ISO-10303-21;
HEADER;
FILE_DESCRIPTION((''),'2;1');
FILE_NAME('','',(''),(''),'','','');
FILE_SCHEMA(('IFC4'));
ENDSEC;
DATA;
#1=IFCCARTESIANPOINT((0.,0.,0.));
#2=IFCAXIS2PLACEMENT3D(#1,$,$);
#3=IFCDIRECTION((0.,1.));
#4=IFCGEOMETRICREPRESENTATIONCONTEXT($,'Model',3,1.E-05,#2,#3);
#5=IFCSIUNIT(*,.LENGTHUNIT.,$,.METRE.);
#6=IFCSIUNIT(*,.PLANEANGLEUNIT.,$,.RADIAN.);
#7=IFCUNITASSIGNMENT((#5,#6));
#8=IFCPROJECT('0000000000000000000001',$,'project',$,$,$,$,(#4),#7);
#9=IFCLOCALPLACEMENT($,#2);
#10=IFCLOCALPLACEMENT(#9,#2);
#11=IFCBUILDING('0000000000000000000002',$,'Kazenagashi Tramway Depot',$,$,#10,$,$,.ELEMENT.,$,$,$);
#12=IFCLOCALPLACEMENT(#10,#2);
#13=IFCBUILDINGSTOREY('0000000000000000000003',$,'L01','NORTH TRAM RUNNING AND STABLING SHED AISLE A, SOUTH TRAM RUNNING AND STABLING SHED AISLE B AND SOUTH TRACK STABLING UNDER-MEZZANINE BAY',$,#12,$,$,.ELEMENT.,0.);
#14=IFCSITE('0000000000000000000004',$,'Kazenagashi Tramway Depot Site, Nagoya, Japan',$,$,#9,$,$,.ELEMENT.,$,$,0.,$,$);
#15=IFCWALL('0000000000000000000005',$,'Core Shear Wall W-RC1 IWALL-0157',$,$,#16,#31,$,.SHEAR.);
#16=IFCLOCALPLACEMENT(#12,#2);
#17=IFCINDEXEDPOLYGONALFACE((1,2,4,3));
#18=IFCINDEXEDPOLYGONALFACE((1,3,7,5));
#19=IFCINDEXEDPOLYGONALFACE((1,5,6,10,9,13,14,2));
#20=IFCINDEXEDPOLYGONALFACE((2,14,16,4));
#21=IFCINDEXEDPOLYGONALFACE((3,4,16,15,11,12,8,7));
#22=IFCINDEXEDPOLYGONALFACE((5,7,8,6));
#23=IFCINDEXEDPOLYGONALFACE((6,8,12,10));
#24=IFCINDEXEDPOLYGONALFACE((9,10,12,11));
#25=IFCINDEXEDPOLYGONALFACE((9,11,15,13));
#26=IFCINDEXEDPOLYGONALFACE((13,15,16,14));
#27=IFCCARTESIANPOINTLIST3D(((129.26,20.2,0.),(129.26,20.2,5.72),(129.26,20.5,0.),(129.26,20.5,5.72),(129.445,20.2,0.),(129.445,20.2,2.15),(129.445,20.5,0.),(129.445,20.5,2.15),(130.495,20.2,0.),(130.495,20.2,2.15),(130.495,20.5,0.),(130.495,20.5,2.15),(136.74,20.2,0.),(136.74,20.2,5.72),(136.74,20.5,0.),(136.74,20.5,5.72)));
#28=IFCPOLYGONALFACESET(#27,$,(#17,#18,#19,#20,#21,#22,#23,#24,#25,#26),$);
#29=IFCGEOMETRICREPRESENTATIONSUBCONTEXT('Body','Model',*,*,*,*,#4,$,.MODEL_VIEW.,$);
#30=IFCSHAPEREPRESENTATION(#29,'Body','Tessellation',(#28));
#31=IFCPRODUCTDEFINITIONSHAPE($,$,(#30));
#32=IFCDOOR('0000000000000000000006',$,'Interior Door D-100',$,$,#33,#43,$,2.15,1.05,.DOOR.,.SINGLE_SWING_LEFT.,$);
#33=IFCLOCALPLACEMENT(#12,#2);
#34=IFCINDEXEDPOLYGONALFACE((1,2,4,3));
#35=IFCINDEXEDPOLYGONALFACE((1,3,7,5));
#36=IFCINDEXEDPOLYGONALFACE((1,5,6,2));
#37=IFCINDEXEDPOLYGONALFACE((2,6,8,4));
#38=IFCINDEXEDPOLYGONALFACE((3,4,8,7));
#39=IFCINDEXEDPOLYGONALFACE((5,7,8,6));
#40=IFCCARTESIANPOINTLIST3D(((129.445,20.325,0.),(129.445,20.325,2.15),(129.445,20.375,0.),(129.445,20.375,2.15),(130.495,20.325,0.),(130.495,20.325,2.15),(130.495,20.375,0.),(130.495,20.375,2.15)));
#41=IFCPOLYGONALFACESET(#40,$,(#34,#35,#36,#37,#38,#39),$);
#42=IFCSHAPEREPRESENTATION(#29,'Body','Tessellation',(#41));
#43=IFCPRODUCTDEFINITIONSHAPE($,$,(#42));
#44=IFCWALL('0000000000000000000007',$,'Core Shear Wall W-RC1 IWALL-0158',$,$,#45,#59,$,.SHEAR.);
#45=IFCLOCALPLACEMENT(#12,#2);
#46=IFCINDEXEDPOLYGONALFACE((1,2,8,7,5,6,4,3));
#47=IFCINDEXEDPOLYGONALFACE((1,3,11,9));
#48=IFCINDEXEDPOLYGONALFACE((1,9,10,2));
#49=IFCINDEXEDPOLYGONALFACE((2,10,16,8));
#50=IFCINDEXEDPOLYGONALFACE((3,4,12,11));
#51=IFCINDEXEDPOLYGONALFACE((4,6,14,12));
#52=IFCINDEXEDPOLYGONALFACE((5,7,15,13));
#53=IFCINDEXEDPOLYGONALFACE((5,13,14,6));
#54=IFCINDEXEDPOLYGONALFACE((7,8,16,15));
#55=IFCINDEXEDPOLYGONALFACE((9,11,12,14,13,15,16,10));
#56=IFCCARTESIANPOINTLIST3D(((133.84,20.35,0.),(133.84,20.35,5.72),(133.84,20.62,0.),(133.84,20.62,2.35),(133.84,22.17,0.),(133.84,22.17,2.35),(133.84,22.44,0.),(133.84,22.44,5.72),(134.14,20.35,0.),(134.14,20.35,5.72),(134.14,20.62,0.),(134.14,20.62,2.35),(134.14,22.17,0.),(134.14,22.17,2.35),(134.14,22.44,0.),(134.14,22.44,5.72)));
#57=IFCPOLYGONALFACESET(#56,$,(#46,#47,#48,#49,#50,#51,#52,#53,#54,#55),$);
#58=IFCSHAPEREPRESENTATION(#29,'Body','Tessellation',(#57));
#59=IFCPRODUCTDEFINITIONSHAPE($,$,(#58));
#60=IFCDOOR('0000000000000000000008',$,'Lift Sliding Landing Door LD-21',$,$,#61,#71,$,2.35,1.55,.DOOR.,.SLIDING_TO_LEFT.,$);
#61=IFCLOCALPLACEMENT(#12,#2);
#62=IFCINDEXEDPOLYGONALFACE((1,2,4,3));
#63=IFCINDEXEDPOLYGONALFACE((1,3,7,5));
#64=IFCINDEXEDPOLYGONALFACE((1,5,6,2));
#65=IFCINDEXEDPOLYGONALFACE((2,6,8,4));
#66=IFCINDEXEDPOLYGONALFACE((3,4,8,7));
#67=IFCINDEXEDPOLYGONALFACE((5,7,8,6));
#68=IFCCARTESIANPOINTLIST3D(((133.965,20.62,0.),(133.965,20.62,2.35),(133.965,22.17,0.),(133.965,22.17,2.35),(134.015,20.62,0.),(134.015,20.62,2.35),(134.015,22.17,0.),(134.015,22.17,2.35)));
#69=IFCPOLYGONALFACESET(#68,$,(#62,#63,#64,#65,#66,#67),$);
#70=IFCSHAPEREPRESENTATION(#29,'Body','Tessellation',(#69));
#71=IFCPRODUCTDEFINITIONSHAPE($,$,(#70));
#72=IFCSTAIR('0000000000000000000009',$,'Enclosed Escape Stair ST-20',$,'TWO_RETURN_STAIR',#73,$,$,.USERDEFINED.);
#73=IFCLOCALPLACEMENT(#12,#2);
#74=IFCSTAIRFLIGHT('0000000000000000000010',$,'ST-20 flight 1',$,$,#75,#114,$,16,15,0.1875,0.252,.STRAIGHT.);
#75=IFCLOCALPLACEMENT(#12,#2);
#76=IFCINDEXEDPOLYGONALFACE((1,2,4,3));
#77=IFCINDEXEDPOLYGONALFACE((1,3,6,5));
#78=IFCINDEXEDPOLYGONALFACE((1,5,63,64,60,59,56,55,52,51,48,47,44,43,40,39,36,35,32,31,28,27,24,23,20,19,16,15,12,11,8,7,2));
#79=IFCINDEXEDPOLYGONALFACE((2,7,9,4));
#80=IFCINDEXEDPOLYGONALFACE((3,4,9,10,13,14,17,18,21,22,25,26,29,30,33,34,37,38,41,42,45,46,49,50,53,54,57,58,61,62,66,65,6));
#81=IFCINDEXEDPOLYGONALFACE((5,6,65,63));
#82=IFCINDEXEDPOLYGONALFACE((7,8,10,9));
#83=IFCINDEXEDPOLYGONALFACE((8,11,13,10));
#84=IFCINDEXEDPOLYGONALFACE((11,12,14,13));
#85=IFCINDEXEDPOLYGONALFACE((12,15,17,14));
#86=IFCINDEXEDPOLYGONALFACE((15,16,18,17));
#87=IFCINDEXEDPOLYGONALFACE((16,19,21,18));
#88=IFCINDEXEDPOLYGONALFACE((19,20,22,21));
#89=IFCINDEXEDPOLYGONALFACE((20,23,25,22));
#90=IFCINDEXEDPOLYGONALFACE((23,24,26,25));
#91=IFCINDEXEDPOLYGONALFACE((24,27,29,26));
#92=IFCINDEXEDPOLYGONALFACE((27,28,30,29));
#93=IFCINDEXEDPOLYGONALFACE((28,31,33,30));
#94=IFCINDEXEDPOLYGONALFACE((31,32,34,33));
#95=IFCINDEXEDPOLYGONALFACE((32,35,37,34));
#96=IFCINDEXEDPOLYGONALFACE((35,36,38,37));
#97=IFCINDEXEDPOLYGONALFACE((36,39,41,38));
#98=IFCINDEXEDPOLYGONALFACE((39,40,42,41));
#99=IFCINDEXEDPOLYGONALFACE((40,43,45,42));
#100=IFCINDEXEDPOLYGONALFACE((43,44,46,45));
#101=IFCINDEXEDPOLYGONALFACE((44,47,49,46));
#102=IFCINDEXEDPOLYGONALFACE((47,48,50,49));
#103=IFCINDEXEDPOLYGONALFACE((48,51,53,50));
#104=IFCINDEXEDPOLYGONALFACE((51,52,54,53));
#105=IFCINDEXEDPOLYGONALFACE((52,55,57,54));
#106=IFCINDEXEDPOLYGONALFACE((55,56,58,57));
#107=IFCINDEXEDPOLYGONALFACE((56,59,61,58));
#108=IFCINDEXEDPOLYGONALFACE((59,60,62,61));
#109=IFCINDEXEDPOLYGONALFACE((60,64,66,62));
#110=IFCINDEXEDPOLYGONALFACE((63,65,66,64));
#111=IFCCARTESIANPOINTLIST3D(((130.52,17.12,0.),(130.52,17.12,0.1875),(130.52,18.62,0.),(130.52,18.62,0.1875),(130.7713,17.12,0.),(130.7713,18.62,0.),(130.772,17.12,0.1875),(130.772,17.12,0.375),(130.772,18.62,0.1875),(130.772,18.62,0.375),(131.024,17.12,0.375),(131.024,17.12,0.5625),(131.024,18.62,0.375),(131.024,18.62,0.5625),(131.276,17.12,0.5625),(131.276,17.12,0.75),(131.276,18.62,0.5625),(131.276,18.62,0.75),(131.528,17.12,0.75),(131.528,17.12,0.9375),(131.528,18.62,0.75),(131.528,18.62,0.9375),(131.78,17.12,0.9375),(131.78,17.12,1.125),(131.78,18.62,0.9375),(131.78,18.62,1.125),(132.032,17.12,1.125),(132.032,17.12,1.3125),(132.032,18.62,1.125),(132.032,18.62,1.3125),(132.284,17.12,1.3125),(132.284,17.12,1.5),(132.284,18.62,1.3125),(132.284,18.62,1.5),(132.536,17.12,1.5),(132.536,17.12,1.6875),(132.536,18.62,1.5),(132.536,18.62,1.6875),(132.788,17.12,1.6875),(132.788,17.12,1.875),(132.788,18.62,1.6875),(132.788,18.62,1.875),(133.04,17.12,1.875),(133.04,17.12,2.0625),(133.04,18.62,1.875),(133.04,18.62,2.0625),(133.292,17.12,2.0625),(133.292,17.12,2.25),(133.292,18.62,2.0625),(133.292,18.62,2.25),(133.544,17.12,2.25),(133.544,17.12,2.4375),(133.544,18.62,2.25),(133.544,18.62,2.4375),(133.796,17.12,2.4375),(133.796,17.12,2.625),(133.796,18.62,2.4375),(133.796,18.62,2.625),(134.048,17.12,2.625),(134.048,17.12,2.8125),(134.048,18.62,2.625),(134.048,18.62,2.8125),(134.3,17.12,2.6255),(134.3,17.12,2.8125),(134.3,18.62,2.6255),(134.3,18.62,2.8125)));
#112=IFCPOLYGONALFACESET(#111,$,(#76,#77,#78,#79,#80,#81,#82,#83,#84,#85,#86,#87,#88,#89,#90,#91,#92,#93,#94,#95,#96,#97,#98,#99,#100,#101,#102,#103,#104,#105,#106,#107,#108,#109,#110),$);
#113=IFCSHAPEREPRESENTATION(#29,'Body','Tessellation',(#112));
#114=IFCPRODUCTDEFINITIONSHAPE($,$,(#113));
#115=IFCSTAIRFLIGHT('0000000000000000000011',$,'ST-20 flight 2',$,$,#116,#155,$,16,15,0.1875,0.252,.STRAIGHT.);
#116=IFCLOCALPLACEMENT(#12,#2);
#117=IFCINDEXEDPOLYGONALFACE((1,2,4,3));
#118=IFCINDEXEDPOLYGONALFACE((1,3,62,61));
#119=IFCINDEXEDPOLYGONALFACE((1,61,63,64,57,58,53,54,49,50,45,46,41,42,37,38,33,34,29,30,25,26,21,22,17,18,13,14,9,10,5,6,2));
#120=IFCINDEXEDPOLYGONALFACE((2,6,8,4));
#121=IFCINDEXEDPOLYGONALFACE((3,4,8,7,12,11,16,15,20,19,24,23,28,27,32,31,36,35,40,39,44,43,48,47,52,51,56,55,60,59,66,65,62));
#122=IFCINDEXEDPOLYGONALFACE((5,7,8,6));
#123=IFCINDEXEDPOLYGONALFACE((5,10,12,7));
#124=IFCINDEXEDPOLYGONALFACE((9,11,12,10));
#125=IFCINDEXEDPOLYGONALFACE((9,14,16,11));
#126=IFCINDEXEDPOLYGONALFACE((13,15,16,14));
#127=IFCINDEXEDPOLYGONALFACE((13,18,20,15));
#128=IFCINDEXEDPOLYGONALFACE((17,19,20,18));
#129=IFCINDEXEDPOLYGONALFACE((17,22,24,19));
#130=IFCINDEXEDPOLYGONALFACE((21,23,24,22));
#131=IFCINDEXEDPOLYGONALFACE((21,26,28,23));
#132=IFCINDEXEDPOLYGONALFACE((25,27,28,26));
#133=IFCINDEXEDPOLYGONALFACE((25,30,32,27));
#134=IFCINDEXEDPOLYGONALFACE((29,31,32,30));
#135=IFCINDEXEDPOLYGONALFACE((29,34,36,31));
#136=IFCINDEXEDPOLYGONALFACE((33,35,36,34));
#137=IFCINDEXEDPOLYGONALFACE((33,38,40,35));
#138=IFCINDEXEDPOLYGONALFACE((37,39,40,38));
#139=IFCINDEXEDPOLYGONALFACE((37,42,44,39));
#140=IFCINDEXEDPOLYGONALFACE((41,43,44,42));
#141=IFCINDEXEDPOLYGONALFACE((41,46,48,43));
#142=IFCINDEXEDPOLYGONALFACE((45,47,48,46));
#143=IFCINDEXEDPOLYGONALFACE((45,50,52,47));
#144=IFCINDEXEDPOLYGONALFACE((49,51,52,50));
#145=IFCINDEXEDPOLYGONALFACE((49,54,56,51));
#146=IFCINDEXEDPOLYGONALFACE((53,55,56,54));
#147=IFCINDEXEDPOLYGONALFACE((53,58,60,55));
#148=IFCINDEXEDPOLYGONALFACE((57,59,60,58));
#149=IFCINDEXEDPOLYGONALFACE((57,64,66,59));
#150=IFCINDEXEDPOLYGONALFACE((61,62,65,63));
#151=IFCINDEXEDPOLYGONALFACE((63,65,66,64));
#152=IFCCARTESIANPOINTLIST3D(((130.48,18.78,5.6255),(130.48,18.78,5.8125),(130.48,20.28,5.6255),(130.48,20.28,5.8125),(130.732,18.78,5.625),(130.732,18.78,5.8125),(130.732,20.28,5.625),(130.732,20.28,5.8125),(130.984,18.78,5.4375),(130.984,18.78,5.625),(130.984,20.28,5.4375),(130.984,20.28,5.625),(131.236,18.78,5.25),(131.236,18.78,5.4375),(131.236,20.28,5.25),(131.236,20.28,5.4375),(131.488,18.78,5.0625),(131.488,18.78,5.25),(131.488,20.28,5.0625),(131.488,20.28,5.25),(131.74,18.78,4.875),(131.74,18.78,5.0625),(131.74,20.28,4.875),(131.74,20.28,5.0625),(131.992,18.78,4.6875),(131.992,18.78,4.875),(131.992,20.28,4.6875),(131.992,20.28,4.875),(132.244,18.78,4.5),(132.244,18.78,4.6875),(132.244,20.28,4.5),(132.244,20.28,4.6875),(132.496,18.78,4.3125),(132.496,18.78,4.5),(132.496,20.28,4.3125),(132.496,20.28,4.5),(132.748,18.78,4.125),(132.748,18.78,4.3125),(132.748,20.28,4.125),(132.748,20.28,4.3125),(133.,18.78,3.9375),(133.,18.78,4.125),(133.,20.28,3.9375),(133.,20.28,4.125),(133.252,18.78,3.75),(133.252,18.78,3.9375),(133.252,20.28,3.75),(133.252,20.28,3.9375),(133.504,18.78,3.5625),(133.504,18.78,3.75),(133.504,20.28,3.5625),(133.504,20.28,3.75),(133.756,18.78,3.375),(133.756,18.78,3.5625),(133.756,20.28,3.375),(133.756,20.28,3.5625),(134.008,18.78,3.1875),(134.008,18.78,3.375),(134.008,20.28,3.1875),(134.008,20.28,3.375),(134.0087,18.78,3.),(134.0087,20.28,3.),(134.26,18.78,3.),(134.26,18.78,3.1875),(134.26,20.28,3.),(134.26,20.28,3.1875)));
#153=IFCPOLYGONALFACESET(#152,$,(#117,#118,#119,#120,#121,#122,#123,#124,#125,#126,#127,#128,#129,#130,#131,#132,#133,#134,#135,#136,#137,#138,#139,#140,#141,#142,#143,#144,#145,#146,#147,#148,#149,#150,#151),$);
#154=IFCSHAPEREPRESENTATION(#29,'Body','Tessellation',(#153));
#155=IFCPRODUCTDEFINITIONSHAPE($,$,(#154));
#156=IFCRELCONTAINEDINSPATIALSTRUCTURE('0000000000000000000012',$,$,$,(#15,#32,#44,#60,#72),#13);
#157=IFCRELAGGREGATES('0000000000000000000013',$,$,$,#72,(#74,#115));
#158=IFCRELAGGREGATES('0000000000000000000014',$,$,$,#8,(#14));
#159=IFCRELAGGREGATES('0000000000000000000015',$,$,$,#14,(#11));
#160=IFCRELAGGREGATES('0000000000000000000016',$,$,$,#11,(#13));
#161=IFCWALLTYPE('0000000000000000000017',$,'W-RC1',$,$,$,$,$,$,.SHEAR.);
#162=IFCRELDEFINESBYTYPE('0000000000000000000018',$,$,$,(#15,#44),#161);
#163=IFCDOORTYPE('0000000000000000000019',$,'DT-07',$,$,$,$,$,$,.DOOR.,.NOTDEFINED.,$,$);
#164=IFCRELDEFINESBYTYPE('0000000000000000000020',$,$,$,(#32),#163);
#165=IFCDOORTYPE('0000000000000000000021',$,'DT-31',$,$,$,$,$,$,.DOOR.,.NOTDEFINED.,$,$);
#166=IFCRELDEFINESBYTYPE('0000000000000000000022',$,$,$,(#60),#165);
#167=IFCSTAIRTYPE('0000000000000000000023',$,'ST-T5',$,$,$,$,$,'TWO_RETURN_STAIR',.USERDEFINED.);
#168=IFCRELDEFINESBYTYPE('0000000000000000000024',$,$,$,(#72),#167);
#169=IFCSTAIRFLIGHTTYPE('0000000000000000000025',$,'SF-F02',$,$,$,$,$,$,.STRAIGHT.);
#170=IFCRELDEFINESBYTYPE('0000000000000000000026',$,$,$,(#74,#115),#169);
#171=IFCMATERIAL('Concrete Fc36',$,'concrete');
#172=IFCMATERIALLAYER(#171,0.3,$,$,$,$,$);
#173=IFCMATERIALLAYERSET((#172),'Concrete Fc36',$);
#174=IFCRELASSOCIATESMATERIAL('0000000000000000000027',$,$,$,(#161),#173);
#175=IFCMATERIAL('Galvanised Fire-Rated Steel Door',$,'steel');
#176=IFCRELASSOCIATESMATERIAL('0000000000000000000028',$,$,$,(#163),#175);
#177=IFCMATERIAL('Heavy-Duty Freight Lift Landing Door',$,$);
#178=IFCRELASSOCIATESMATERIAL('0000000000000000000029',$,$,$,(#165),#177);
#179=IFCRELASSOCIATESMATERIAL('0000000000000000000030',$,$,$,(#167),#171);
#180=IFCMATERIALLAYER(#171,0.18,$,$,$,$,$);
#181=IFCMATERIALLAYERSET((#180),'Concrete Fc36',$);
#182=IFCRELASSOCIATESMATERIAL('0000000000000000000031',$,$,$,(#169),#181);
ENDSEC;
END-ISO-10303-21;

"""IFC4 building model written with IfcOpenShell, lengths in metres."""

from ifc_helpers import new_model, si_unit, direction, frame, frame_2d, origin, place, context, subcontext, project, spatial, polyline, rectangle, outline, extrude, material, layer, layer_set, type_object, element, fill, aggregate, save


model = new_model("IFC4")

# Units and contexts
model_context = context("Model", 3, precision=1e-05, world=origin(), true_north=direction((0.0, 1.0)))
body_context = subcontext(model_context, "Body", "Model", "MODEL_VIEW")
ifc_project = project(units=[si_unit("LENGTHUNIT", "METRE"), si_unit("PLANEANGLEUNIT", "RADIAN")], contexts=[model_context])

# Site, building, storey
site_placement = place(None, origin())
site = spatial("IfcSite", under=ifc_project, at=site_placement, Name="Kazenagashi Tramway Depot Site, Nagoya, Japan", CompositionType="ELEMENT", RefElevation=0.0)
building_placement = place(site_placement, origin())
building = spatial("IfcBuilding", under=site, at=building_placement, Name="Kazenagashi Tramway Depot", CompositionType="ELEMENT")
storey_placement = place(building_placement, origin())
storey = spatial("IfcBuildingStorey", under=building, at=storey_placement, Name="L01", Description="NORTH TRAM RUNNING AND STABLING SHED AISLE A, SOUTH TRAM RUNNING AND STABLING SHED AISLE B AND SOUTH TRACK STABLING UNDER-MEZZANINE BAY", CompositionType="ELEMENT", Elevation=0.0)

# Shared definitions
ifc_material_1 = material(Name="Concrete Fc36", Category="concrete")
ifc_layer_1 = layer(ifc_material_1, 0.3)
ifc_layer_set_1 = layer_set([ifc_layer_1], Name="Concrete Fc36")
wall_type = type_object("IfcWallType", Name="W-RC1", PredefinedType="SHEAR", material=ifc_layer_set_1)

# Shared definitions
ifc_material_2 = material(Name="Galvanised Fire-Rated Steel Door", Category="steel")

# Walls, openings, doors
wall_1_placement = place(storey_placement, frame((129.26, 20.35, 0.0), z_axis=(0.0, 0.0, 1.0), x_axis=(1.0, 0.0, 0.0)))
wall_1 = element("IfcWall", 1, at=wall_1_placement, inside=storey, type_object=wall_type, Name="Core Shear Wall W-RC1 IWALL-0157", PredefinedType="SHEAR", context=body_context, shape_type="SweptSolid", body=[
    extrude(rectangle(XDim=7.48, YDim=0.3, at=frame_2d((3.74, 0.0))), origin(), (0.0, 0.0, 1.0), 5.72),
])
opening_1_placement = place(wall_1_placement, frame((0.185, 0.0, 0.0)))
opening_1 = element("IfcOpeningElement", 2, at=opening_1_placement, cuts=wall_1, PredefinedType="OPENING", context=body_context, shape_type="SweptSolid", body=[
    extrude(rectangle(XDim=1.05, YDim=2.15, at=frame_2d((0.525, 1.075))), frame((0.0, 0.16, 0.0), z_axis=(0.0, -1.0, 0.0), x_axis=(1.0, 0.0, 0.0)), (0.0, 0.0, 1.0), 0.32),
])
door_type_1 = type_object("IfcDoorType", Name="DT-07", OperationType="NOTDEFINED", PredefinedType="DOOR", material=ifc_material_2)
door_1_placement = place(opening_1_placement, origin())
door_1 = element("IfcDoor", 3, at=door_1_placement, inside=storey, type_object=door_type_1, Name="Interior Door D-100", OperationType="SINGLE_SWING_LEFT", OverallHeight=2.15, OverallWidth=1.05, PredefinedType="DOOR", context=body_context, shape_type="SweptSolid", body=[
    extrude(rectangle(XDim=1.05, YDim=2.15, at=frame_2d((0.525, 1.075))), frame((0.0, 0.025, 0.0), z_axis=(0.0, -1.0, 0.0), x_axis=(1.0, 0.0, 0.0)), (0.0, 0.0, 1.0), 0.05),
])
fill(opening_1, door_1)
wall_2_placement = place(storey_placement, frame((133.99, 20.35, 0.0), z_axis=(0.0, 0.0, 1.0), x_axis=(0.0, 1.0, 0.0)))
wall_2 = element("IfcWall", 4, at=wall_2_placement, inside=storey, type_object=wall_type, Name="Core Shear Wall W-RC1 IWALL-0158", PredefinedType="SHEAR", context=body_context, shape_type="SweptSolid", body=[
    extrude(rectangle(XDim=2.09, YDim=0.3, at=frame_2d((1.045, 0.0))), origin(), (0.0, 0.0, 1.0), 5.72),
])
opening_2_placement = place(wall_2_placement, frame((0.27, 0.0, 0.0)))
opening_2 = element("IfcOpeningElement", 5, at=opening_2_placement, cuts=wall_2, PredefinedType="OPENING", context=body_context, shape_type="SweptSolid", body=[
    extrude(rectangle(XDim=1.55, YDim=2.35, at=frame_2d((0.775, 1.175))), frame((0.0, 0.16, 0.0), z_axis=(0.0, -1.0, 0.0), x_axis=(1.0, 0.0, 0.0)), (0.0, 0.0, 1.0), 0.32),
])
ifc_material_3 = material(Name="Heavy-Duty Freight Lift Landing Door")
door_type_2 = type_object("IfcDoorType", Name="DT-31", OperationType="NOTDEFINED", PredefinedType="DOOR", material=ifc_material_3)
door_2_placement = place(opening_2_placement, origin())
door_2 = element("IfcDoor", 6, at=door_2_placement, inside=storey, type_object=door_type_2, Name="Lift Sliding Landing Door LD-21", OperationType="SLIDING_TO_LEFT", OverallHeight=2.35, OverallWidth=1.55, PredefinedType="DOOR", context=body_context, shape_type="SweptSolid", body=[
    extrude(rectangle(XDim=1.55, YDim=2.35, at=frame_2d((0.775, 1.175))), frame((0.0, 0.025, 0.0), z_axis=(0.0, -1.0, 0.0), x_axis=(1.0, 0.0, 0.0)), (0.0, 0.0, 1.0), 0.05),
])
fill(opening_2, door_2)

# Stair, stair flights
stair_type = type_object("IfcStairType", Name="ST-T5", ElementType="TWO_RETURN_STAIR", PredefinedType="USERDEFINED", material=ifc_material_1)
stair_placement = place(storey_placement, origin())
stair = element("IfcStair", 7, at=stair_placement, inside=storey, type_object=stair_type, Name="Enclosed Escape Stair ST-20", ObjectType="TWO_RETURN_STAIR", PredefinedType="USERDEFINED")
ifc_layer_2 = layer(ifc_material_1, 0.18)
ifc_layer_set_2 = layer_set([ifc_layer_2], Name="Concrete Fc36")
stair_flight_type = type_object("IfcStairFlightType", Name="SF-F02", PredefinedType="STRAIGHT", material=ifc_layer_set_2)
stair_flight_1_placement = place(storey_placement, frame((130.52, 17.87, 0.0), z_axis=(0.0, 0.0, 1.0), x_axis=(1.0, 0.0, 0.0)))
stair_flight_1 = element("IfcStairFlight", 8, at=stair_flight_1_placement, type_object=stair_flight_type, Name="ST-20 flight 1", NumberOfRisers=16, NumberOfTreads=15, PredefinedType="STRAIGHT", RiserHeight=0.1875, TreadLength=0.252, context=body_context, shape_type="SweptSolid", body=[
    extrude(outline(polyline([(0.0, 0.0), (0.0, 0.1875), (0.252, 0.1875), (0.252, 0.375), (0.504, 0.375), (0.504, 0.5625), (0.756, 0.5625), (0.756, 0.75), (1.008, 0.75), (1.008, 0.9375), (1.26, 0.9375), (1.26, 1.125), (1.512, 1.125), (1.512, 1.3125), (1.764, 1.3125), (1.764, 1.5), (2.016, 1.5), (2.016, 1.6875), (2.268, 1.6875), (2.268, 1.875), (2.52, 1.875), (2.52, 2.0625), (2.772, 2.0625), (2.772, 2.25), (3.024, 2.25), (3.024, 2.4375), (3.276, 2.4375), (3.276, 2.625), (3.528, 2.625), (3.528, 2.8125), (3.78, 2.8125), (3.78, 3.0), (3.78, 2.6255), (0.2513, 0.0), (0.0, 0.0)])), frame((0.0, 0.75, 0.0), z_axis=(0.0, -1.0, 0.0), x_axis=(1.0, 0.0, 0.0)), (0.0, 0.0, 1.0), 1.5),
])
stair_flight_2_placement = place(storey_placement, frame((134.26, 19.53, 3.0), z_axis=(0.0, 0.0, 1.0), x_axis=(-1.0, 0.0, 0.0)))
stair_flight_2 = element("IfcStairFlight", 9, at=stair_flight_2_placement, type_object=stair_flight_type, Name="ST-20 flight 2", NumberOfRisers=16, NumberOfTreads=15, PredefinedType="STRAIGHT", RiserHeight=0.1875, TreadLength=0.252, context=body_context, shape_type="SweptSolid", body=[
    extrude(outline(polyline([(0.0, 0.0), (0.0, 0.1875), (0.252, 0.1875), (0.252, 0.375), (0.504, 0.375), (0.504, 0.5625), (0.756, 0.5625), (0.756, 0.75), (1.008, 0.75), (1.008, 0.9375), (1.26, 0.9375), (1.26, 1.125), (1.512, 1.125), (1.512, 1.3125), (1.764, 1.3125), (1.764, 1.5), (2.016, 1.5), (2.016, 1.6875), (2.268, 1.6875), (2.268, 1.875), (2.52, 1.875), (2.52, 2.0625), (2.772, 2.0625), (2.772, 2.25), (3.024, 2.25), (3.024, 2.4375), (3.276, 2.4375), (3.276, 2.625), (3.528, 2.625), (3.528, 2.8125), (3.78, 2.8125), (3.78, 3.0), (3.78, 2.6255), (0.2513, 0.0), (0.0, 0.0)])), frame((0.0, 0.75, 0.0), z_axis=(0.0, -1.0, 0.0), x_axis=(1.0, 0.0, 0.0)), (0.0, 0.0, 1.0), 1.5),
])
aggregate(stair, [stair_flight_1, stair_flight_2])

save(model, "model.ifc")
